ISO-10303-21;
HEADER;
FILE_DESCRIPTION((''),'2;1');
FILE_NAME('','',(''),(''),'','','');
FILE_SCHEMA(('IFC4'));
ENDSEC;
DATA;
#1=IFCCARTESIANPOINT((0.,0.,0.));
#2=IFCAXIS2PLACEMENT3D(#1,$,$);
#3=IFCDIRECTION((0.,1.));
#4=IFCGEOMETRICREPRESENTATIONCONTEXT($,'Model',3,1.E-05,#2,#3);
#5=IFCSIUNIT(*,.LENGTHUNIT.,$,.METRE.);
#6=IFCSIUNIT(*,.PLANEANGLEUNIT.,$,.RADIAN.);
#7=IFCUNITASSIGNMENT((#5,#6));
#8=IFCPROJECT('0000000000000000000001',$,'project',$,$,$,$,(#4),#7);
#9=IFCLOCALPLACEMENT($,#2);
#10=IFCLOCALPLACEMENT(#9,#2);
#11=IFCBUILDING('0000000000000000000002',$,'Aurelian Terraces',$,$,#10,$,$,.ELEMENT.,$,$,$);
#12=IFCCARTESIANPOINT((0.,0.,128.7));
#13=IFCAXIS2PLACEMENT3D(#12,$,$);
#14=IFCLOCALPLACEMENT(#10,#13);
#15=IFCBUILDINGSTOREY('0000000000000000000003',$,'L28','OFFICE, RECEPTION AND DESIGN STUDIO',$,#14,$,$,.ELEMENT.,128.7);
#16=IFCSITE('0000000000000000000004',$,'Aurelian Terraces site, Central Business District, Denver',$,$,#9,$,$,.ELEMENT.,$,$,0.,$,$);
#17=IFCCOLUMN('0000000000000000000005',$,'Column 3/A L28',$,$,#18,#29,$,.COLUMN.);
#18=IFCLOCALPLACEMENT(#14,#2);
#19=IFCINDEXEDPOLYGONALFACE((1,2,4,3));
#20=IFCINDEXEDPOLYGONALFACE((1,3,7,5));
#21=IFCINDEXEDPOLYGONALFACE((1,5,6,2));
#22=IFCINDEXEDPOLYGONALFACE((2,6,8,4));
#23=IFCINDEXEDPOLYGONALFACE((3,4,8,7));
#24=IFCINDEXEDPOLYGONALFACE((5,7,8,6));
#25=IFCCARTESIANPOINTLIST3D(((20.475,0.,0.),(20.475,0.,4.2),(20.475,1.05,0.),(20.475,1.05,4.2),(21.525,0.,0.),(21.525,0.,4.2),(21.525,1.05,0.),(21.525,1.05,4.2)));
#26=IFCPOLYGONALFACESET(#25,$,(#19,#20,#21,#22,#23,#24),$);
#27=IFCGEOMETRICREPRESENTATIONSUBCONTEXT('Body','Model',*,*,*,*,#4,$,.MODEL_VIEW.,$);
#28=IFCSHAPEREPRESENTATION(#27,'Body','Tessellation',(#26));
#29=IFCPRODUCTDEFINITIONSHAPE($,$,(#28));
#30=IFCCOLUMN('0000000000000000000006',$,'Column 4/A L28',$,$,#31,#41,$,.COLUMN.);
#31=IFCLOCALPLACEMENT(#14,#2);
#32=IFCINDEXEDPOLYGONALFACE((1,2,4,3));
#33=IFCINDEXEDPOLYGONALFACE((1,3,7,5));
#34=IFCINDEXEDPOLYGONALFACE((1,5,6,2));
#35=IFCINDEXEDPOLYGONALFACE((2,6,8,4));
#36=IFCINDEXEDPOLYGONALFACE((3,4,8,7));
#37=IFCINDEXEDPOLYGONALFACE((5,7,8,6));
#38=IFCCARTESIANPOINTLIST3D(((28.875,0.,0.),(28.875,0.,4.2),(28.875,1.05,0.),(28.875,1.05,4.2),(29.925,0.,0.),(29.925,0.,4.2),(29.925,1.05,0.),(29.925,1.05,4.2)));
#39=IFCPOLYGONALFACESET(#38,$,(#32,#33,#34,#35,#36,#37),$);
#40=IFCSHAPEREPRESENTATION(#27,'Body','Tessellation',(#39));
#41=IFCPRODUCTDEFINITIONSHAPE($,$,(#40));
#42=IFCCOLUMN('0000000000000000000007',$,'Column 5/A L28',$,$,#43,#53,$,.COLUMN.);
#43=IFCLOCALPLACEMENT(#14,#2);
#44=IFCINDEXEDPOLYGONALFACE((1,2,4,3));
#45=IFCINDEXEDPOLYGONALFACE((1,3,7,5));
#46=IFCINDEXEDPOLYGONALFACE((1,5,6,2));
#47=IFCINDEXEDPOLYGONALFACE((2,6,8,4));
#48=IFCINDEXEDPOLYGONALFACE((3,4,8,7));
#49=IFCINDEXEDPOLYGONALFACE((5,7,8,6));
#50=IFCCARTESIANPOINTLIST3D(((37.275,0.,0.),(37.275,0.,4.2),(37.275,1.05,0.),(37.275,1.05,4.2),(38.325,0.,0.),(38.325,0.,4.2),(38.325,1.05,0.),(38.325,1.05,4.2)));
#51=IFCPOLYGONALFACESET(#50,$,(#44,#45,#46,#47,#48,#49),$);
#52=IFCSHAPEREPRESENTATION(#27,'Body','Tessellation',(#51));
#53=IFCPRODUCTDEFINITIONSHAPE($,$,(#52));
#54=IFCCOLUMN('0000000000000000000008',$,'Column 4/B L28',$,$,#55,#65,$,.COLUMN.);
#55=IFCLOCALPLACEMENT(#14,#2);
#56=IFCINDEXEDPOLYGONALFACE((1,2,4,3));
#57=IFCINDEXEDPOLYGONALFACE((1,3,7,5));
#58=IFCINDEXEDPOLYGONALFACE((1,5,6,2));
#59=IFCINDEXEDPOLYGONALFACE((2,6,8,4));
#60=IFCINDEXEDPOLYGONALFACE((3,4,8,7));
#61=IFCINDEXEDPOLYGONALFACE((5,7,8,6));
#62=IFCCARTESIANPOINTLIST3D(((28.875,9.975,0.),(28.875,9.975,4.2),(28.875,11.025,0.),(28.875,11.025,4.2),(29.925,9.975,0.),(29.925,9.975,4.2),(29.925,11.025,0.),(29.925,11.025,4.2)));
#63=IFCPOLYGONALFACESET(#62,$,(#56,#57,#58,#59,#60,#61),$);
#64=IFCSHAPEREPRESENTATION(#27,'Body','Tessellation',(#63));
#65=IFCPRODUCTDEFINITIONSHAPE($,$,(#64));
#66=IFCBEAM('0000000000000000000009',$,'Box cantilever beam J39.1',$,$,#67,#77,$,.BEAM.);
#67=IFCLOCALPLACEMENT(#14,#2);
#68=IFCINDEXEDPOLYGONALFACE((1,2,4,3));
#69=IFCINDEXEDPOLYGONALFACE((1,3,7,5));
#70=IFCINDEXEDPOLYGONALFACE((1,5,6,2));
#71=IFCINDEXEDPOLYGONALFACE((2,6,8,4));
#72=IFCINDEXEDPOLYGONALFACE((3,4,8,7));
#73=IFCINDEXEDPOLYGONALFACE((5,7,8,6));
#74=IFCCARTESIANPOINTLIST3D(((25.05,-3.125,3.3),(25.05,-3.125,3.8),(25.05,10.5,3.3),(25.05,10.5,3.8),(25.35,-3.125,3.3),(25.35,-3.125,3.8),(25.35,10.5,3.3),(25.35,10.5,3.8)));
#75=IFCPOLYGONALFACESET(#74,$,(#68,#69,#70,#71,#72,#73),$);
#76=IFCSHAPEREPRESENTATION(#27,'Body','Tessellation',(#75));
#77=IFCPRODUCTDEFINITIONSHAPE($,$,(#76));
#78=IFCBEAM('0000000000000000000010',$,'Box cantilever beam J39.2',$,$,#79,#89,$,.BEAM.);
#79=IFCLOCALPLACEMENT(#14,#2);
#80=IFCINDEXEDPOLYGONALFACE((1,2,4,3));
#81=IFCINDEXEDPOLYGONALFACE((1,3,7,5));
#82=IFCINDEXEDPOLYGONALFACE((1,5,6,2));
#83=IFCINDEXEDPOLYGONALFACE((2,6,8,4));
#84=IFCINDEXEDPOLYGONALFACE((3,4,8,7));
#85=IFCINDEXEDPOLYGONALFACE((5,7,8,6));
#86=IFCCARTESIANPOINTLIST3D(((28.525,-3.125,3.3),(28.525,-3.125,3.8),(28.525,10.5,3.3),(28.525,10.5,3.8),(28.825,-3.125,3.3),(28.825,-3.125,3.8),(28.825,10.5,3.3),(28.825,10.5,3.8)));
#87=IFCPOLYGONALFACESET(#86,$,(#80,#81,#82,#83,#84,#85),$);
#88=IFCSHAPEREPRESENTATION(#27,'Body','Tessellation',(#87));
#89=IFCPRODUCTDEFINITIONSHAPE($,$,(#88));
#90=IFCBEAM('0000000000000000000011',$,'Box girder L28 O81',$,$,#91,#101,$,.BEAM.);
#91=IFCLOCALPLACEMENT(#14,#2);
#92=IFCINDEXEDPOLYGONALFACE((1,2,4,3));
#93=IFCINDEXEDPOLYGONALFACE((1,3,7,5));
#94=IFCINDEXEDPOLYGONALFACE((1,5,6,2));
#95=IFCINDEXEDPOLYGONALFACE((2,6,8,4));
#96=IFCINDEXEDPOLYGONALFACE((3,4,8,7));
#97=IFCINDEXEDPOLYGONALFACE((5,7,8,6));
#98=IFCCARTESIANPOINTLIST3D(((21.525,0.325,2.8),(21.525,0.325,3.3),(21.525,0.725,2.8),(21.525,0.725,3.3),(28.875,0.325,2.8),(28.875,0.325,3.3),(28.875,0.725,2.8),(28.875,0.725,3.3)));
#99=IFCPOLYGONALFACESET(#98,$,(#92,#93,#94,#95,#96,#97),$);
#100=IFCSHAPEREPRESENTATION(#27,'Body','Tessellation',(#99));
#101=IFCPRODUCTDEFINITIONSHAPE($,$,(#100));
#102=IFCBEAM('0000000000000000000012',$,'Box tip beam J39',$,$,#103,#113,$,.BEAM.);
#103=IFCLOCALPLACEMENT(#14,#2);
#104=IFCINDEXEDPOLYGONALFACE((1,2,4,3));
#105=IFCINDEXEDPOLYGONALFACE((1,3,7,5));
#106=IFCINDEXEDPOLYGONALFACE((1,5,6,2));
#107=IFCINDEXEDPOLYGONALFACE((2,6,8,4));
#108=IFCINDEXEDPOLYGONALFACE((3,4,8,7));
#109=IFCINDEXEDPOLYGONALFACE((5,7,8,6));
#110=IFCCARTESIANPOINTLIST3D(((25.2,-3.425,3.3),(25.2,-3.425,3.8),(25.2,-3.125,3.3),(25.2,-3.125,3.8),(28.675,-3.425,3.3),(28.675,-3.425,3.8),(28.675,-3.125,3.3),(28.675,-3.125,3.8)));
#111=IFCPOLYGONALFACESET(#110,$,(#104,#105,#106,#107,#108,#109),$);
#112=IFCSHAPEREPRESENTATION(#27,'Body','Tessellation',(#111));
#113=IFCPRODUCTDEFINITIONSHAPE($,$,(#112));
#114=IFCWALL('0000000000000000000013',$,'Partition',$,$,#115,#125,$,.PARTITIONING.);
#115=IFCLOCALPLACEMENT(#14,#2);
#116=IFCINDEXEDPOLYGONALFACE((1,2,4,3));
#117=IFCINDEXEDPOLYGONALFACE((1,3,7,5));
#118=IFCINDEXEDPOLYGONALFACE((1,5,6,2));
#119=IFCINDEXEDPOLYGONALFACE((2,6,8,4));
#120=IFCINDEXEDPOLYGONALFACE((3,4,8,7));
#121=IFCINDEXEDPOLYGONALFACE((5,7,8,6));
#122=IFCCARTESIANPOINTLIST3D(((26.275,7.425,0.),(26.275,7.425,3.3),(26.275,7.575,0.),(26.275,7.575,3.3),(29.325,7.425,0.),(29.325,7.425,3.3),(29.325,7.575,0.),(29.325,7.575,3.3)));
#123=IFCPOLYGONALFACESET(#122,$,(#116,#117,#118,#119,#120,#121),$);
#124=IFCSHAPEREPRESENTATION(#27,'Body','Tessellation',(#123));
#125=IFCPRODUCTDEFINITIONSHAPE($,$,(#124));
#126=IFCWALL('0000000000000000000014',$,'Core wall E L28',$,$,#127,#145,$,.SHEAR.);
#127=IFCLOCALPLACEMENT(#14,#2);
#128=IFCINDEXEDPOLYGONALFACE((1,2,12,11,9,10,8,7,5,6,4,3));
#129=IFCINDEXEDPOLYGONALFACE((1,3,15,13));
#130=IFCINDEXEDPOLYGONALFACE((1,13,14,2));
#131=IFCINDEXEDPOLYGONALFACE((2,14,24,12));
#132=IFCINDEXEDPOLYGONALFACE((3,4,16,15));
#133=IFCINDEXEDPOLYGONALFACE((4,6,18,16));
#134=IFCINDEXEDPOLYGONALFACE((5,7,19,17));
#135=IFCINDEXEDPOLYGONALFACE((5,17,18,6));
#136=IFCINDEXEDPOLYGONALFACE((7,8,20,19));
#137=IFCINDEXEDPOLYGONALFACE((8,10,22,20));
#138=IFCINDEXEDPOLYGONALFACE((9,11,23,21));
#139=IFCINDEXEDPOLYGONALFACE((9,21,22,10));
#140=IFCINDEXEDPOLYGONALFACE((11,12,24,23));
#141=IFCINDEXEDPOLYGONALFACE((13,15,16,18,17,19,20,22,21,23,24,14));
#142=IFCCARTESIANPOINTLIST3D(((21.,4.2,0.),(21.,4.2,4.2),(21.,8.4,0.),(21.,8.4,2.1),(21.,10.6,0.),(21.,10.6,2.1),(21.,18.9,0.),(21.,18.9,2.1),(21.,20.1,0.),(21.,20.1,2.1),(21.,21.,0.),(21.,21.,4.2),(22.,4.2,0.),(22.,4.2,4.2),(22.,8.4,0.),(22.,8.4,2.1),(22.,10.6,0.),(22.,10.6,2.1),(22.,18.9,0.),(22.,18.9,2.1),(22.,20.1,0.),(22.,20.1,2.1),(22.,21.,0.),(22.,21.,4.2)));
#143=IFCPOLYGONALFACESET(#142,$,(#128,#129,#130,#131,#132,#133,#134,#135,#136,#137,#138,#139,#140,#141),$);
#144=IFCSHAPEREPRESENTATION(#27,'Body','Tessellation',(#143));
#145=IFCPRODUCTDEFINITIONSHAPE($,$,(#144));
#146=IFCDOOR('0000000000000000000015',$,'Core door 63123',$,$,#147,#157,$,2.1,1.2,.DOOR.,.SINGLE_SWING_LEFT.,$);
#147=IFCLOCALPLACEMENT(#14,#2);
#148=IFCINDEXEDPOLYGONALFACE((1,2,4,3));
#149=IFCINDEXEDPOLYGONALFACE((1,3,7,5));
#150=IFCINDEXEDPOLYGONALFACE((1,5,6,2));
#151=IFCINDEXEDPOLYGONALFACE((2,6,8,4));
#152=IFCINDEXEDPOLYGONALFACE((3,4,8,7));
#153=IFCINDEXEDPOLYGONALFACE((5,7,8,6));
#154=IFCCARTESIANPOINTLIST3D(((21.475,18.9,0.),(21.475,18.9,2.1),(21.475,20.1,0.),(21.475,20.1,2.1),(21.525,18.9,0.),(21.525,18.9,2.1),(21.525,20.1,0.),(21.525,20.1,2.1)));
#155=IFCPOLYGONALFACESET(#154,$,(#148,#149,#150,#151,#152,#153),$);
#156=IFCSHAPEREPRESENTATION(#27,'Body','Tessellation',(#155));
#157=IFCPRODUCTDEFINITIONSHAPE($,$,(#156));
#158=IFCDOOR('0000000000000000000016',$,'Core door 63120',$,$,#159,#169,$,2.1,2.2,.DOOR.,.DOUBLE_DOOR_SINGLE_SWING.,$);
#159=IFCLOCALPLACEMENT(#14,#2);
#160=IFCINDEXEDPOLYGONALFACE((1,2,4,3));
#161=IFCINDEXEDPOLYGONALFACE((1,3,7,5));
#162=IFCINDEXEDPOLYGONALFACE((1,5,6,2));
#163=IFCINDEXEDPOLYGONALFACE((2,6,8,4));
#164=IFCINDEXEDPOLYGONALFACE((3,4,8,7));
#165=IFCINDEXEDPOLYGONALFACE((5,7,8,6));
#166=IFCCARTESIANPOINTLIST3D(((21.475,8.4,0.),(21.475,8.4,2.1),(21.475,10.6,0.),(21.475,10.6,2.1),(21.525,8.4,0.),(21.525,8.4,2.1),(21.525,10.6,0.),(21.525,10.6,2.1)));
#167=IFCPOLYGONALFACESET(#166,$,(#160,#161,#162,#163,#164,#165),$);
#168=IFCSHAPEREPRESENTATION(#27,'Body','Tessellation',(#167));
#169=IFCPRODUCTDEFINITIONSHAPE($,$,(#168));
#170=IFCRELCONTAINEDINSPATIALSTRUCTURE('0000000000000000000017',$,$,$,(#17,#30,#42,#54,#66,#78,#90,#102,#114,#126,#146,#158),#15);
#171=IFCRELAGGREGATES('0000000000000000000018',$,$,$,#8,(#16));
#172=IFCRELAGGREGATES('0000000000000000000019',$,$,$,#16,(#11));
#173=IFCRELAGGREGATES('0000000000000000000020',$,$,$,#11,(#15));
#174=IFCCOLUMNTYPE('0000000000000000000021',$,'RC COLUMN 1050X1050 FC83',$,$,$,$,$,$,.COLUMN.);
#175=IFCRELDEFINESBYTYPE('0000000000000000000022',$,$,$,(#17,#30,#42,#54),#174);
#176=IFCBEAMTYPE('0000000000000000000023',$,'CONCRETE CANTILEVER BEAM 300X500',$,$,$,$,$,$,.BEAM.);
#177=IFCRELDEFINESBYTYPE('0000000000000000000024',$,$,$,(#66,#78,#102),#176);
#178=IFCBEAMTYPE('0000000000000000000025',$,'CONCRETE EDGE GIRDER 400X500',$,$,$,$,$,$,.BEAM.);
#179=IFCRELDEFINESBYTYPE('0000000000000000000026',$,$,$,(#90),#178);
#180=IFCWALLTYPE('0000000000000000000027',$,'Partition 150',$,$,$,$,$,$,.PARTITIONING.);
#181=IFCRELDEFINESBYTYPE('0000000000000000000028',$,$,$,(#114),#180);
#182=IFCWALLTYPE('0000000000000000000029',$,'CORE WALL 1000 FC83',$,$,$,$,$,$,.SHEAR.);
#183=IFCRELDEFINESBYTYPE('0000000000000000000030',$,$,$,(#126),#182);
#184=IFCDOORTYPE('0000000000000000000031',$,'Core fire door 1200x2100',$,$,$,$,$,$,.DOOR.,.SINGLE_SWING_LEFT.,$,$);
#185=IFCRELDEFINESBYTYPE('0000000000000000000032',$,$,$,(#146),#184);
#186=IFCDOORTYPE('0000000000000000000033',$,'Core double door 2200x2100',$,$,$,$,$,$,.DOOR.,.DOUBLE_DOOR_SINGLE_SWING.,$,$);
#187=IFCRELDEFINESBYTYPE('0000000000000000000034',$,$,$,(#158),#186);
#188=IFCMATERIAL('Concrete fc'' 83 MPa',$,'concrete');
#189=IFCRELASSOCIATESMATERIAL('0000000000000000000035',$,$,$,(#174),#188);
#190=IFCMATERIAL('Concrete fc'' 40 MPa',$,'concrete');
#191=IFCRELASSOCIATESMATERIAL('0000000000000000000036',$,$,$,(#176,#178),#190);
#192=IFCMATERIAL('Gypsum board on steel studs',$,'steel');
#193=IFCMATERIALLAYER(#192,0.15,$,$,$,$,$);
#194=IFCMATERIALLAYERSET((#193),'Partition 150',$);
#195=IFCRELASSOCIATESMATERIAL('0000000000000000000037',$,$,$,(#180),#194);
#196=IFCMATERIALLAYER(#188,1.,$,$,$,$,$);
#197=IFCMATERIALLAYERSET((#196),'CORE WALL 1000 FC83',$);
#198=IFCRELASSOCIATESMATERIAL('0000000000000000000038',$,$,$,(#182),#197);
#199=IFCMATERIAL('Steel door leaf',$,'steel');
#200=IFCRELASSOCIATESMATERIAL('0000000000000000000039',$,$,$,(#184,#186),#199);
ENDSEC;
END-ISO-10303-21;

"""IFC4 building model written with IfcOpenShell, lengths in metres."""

from ifc_helpers import new_model, si_unit, direction, frame, frame_2d, origin, origin_2d, place, context, subcontext, project, spatial, rectangle, extrude, source, transform, mapped, material, layer, layer_set, material_profile, profile_set, type_object, element, fill, save


model = new_model("IFC4")

# Units and contexts
model_context = context("Model", 3, precision=1e-05, world=origin(), true_north=direction((0.0, 1.0)))
body_context = subcontext(model_context, "Body", "Model", "MODEL_VIEW")
ifc_project = project(units=[si_unit("LENGTHUNIT", "METRE"), si_unit("PLANEANGLEUNIT", "RADIAN")], contexts=[model_context])

# Site, building, storey
site_placement = place(None, origin())
site = spatial("IfcSite", under=ifc_project, at=site_placement, Name="Aurelian Terraces site, Central Business District, Denver", CompositionType="ELEMENT", RefElevation=0.0)
building_placement = place(site_placement, origin())
building = spatial("IfcBuilding", under=site, at=building_placement, Name="Aurelian Terraces", CompositionType="ELEMENT")
storey_placement = place(building_placement, frame((0.0, 0.0, 128.7)))
storey = spatial("IfcBuildingStorey", under=building, at=storey_placement, Name="L28", Description="OFFICE, RECEPTION AND DESIGN STUDIO", CompositionType="ELEMENT", Elevation=128.7)

# Columns
ifc_material_1 = material(Name="Concrete fc' 83 MPa", Category="concrete")
ifc_material_profile_1 = material_profile(ifc_material_1, rectangle(XDim=1.05, YDim=1.05, at=origin_2d()))
ifc_profile_set_1 = profile_set([ifc_material_profile_1], Name="Concrete fc' 83 MPa")
column_type = type_object("IfcColumnType", Name="RC COLUMN 1050X1050 FC83", PredefinedType="COLUMN", material=ifc_profile_set_1)
shared_shape_1 = source(origin(), body_context, "Body", "SweptSolid", [
    extrude(rectangle(XDim=1.05, YDim=1.05, at=origin_2d()), origin(), (0.0, 0.0, 1.0), 4.2),
])
for number, where, z_axis, x_axis, name in (
    (1, (21.0, 0.525, 0.0), (0.0, 0.0, 1.0), (1.0, 0.0, 0.0), "Column 3/A L28"),
    (2, (29.4, 0.525, 0.0), (0.0, 0.0, 1.0), (1.0, 0.0, 0.0), "Column 4/A L28"),
    (3, (37.8, 0.525, 0.0), (0.0, 0.0, 1.0), (1.0, 0.0, 0.0), "Column 5/A L28"),
    (4, (29.4, 10.5, 0.0), (0.0, 0.0, 1.0), (1.0, 0.0, 0.0), "Column 4/B L28"),
):
    element("IfcColumn", number, at=place(storey_placement, frame(where, z_axis=z_axis, x_axis=x_axis)), inside=storey, type_object=column_type, Name=name, PredefinedType="COLUMN", context=body_context, shape_type="MappedRepresentation", body=[
        mapped(shared_shape_1, transform((0.0, 0.0, 0.0), scale=1.0)),
    ])

# Beams
ifc_material_2 = material(Name="Concrete fc' 40 MPa", Category="concrete")
ifc_material_profile_2 = material_profile(ifc_material_2, rectangle(XDim=0.3, YDim=0.5, at=origin_2d()))
ifc_profile_set_2 = profile_set([ifc_material_profile_2], Name="Concrete fc' 40 MPa")
beam_type_1 = type_object("IfcBeamType", Name="CONCRETE CANTILEVER BEAM 300X500", PredefinedType="BEAM", material=ifc_profile_set_2)
shared_shape_2 = source(origin(), body_context, "Body", "SweptSolid", [
    extrude(rectangle(XDim=0.3, YDim=0.5, at=origin_2d()), origin(), (0.0, 0.0, 1.0), 13.625),
])
for number, where, z_axis, x_axis, name in (
    (5, (25.2, -3.125, 3.55), (0.0, 1.0, 0.0), (-1.0, 0.0, 0.0), "Box cantilever beam J39.1"),
    (6, (28.675, -3.125, 3.55), (0.0, 1.0, 0.0), (-1.0, 0.0, 0.0), "Box cantilever beam J39.2"),
):
    element("IfcBeam", number, at=place(storey_placement, frame(where, z_axis=z_axis, x_axis=x_axis)), inside=storey, type_object=beam_type_1, Name=name, PredefinedType="BEAM", context=body_context, shape_type="MappedRepresentation", body=[
        mapped(shared_shape_2, transform((0.0, 0.0, 0.0), scale=1.0)),
    ])
ifc_material_profile_3 = material_profile(ifc_material_2, rectangle(XDim=0.4, YDim=0.5, at=origin_2d()))
ifc_profile_set_3 = profile_set([ifc_material_profile_3], Name="Concrete fc' 40 MPa")
beam_type_2 = type_object("IfcBeamType", Name="CONCRETE EDGE GIRDER 400X500", PredefinedType="BEAM", material=ifc_profile_set_3)
shared_shape_3 = source(origin(), body_context, "Body", "SweptSolid", [
    extrude(rectangle(XDim=0.4, YDim=0.5, at=origin_2d()), origin(), (0.0, 0.0, 1.0), 7.35),
])
beam_1_placement = place(storey_placement, frame((21.525, 0.525, 3.05), z_axis=(1.0, 0.0, 0.0), x_axis=(0.0, 1.0, 0.0)))
element("IfcBeam", 7, at=beam_1_placement, inside=storey, type_object=beam_type_2, Name="Box girder L28 O81", PredefinedType="BEAM", context=body_context, shape_type="MappedRepresentation", body=[
    mapped(shared_shape_3, transform((0.0, 0.0, 0.0), scale=1.0)),
])
shared_shape_4 = source(origin(), body_context, "Body", "SweptSolid", [
    extrude(rectangle(XDim=0.3, YDim=0.5, at=origin_2d()), origin(), (0.0, 0.0, 1.0), 3.475),
])
beam_2_placement = place(storey_placement, frame((25.2, -3.275, 3.55), z_axis=(1.0, 0.0, 0.0), x_axis=(0.0, 1.0, 0.0)))
element("IfcBeam", 8, at=beam_2_placement, inside=storey, type_object=beam_type_1, Name="Box tip beam J39", PredefinedType="BEAM", context=body_context, shape_type="MappedRepresentation", body=[
    mapped(shared_shape_4, transform((0.0, 0.0, 0.0), scale=1.0)),
])

# Wall
ifc_material_3 = material(Name="Gypsum board on steel studs", Category="steel")
ifc_layer_1 = layer(ifc_material_3, 0.15)
ifc_layer_set_1 = layer_set([ifc_layer_1], Name="Partition 150")
wall_type_1 = type_object("IfcWallType", Name="Partition 150", PredefinedType="PARTITIONING", material=ifc_layer_set_1)
wall_1_placement = place(storey_placement, frame((29.325, 7.5, 0.0), z_axis=(0.0, 0.0, 1.0), x_axis=(-1.0, 0.0, 0.0)))
element("IfcWall", 9, at=wall_1_placement, inside=storey, type_object=wall_type_1, Name="Partition", PredefinedType="PARTITIONING", context=body_context, shape_type="SweptSolid", body=[
    extrude(rectangle(XDim=3.05, YDim=0.15, at=frame_2d((1.525, 0.0))), origin(), (0.0, 0.0, 1.0), 3.3),
])

# Wall, openings, doors
ifc_layer_2 = layer(ifc_material_1, 1.0)
ifc_layer_set_2 = layer_set([ifc_layer_2], Name="CORE WALL 1000 FC83")
wall_type_2 = type_object("IfcWallType", Name="CORE WALL 1000 FC83", PredefinedType="SHEAR", material=ifc_layer_set_2)
shared_shape_5 = source(origin(), body_context, "Body", "SweptSolid", [
    extrude(rectangle(XDim=16.8, YDim=1.0, at=frame_2d((8.4, 0.0))), origin(), (0.0, 0.0, 1.0), 4.2),
])
wall_2_placement = place(storey_placement, frame((21.5, 4.2, 0.0), z_axis=(0.0, 0.0, 1.0), x_axis=(0.0, 1.0, 0.0)))
wall_2 = element("IfcWall", 10, at=wall_2_placement, inside=storey, type_object=wall_type_2, Name="Core wall E L28", PredefinedType="SHEAR", context=body_context, shape_type="MappedRepresentation", body=[
    mapped(shared_shape_5, transform((0.0, 0.0, 0.0), scale=1.0)),
])
shared_shape_6 = source(origin(), body_context, "Body", "SweptSolid", [
    extrude(rectangle(XDim=2.2, YDim=2.1, at=frame_2d((1.1, 1.05))), frame((0.0, 0.51, 0.0), z_axis=(0.0, -1.0, 0.0), x_axis=(1.0, 0.0, 0.0)), (0.0, 0.0, 1.0), 1.02),
])
opening_1_placement = place(wall_2_placement, frame((4.2, 0.0, 0.0)))
opening_1 = element("IfcOpeningElement", 11, at=opening_1_placement, cuts=wall_2, PredefinedType="OPENING", context=body_context, shape_type="MappedRepresentation", body=[
    mapped(shared_shape_6, transform((0.0, 0.0, 0.0), scale=1.0)),
])
shared_shape_7 = source(origin(), body_context, "Body", "SweptSolid", [
    extrude(rectangle(XDim=1.2, YDim=2.1, at=frame_2d((0.6, 1.05))), frame((0.0, 0.51, 0.0), z_axis=(0.0, -1.0, 0.0), x_axis=(1.0, 0.0, 0.0)), (0.0, 0.0, 1.0), 1.02),
])
opening_2_placement = place(wall_2_placement, frame((14.7, 0.0, 0.0)))
opening_2 = element("IfcOpeningElement", 12, at=opening_2_placement, cuts=wall_2, PredefinedType="OPENING", context=body_context, shape_type="MappedRepresentation", body=[
    mapped(shared_shape_7, transform((0.0, 0.0, 0.0), scale=1.0)),
])
ifc_material_4 = material(Name="Steel door leaf", Category="steel")
door_type_1 = type_object("IfcDoorType", Name="Core fire door 1200x2100", OperationType="SINGLE_SWING_LEFT", PredefinedType="DOOR", material=ifc_material_4)
shared_shape_8 = source(origin(), body_context, "Body", "SweptSolid", [
    extrude(rectangle(XDim=1.2, YDim=2.1, at=frame_2d((0.6, 1.05))), frame((0.0, 0.025, 0.0), z_axis=(0.0, -1.0, 0.0), x_axis=(1.0, 0.0, 0.0)), (0.0, 0.0, 1.0), 0.05),
])
door_1_placement = place(opening_2_placement, origin())
door_1 = element("IfcDoor", 13, at=door_1_placement, inside=storey, type_object=door_type_1, Name="Core door 63123", OperationType="SINGLE_SWING_LEFT", OverallHeight=2.1, OverallWidth=1.2, PredefinedType="DOOR", context=body_context, shape_type="MappedRepresentation", body=[
    mapped(shared_shape_8, transform((0.0, 0.0, 0.0), scale=1.0)),
])
fill(opening_2, door_1)
door_type_2 = type_object("IfcDoorType", Name="Core double door 2200x2100", OperationType="DOUBLE_DOOR_SINGLE_SWING", PredefinedType="DOOR", material=ifc_material_4)
shared_shape_9 = source(origin(), body_context, "Body", "SweptSolid", [
    extrude(rectangle(XDim=2.2, YDim=2.1, at=frame_2d((1.1, 1.05))), frame((0.0, 0.025, 0.0), z_axis=(0.0, -1.0, 0.0), x_axis=(1.0, 0.0, 0.0)), (0.0, 0.0, 1.0), 0.05),
])
door_2_placement = place(opening_1_placement, origin())
door_2 = element("IfcDoor", 14, at=door_2_placement, inside=storey, type_object=door_type_2, Name="Core door 63120", OperationType="DOUBLE_DOOR_SINGLE_SWING", OverallHeight=2.1, OverallWidth=2.2, PredefinedType="DOOR", context=body_context, shape_type="MappedRepresentation", body=[
    mapped(shared_shape_9, transform((0.0, 0.0, 0.0), scale=1.0)),
])
fill(opening_1, door_2)

save(model, "model.ifc")
